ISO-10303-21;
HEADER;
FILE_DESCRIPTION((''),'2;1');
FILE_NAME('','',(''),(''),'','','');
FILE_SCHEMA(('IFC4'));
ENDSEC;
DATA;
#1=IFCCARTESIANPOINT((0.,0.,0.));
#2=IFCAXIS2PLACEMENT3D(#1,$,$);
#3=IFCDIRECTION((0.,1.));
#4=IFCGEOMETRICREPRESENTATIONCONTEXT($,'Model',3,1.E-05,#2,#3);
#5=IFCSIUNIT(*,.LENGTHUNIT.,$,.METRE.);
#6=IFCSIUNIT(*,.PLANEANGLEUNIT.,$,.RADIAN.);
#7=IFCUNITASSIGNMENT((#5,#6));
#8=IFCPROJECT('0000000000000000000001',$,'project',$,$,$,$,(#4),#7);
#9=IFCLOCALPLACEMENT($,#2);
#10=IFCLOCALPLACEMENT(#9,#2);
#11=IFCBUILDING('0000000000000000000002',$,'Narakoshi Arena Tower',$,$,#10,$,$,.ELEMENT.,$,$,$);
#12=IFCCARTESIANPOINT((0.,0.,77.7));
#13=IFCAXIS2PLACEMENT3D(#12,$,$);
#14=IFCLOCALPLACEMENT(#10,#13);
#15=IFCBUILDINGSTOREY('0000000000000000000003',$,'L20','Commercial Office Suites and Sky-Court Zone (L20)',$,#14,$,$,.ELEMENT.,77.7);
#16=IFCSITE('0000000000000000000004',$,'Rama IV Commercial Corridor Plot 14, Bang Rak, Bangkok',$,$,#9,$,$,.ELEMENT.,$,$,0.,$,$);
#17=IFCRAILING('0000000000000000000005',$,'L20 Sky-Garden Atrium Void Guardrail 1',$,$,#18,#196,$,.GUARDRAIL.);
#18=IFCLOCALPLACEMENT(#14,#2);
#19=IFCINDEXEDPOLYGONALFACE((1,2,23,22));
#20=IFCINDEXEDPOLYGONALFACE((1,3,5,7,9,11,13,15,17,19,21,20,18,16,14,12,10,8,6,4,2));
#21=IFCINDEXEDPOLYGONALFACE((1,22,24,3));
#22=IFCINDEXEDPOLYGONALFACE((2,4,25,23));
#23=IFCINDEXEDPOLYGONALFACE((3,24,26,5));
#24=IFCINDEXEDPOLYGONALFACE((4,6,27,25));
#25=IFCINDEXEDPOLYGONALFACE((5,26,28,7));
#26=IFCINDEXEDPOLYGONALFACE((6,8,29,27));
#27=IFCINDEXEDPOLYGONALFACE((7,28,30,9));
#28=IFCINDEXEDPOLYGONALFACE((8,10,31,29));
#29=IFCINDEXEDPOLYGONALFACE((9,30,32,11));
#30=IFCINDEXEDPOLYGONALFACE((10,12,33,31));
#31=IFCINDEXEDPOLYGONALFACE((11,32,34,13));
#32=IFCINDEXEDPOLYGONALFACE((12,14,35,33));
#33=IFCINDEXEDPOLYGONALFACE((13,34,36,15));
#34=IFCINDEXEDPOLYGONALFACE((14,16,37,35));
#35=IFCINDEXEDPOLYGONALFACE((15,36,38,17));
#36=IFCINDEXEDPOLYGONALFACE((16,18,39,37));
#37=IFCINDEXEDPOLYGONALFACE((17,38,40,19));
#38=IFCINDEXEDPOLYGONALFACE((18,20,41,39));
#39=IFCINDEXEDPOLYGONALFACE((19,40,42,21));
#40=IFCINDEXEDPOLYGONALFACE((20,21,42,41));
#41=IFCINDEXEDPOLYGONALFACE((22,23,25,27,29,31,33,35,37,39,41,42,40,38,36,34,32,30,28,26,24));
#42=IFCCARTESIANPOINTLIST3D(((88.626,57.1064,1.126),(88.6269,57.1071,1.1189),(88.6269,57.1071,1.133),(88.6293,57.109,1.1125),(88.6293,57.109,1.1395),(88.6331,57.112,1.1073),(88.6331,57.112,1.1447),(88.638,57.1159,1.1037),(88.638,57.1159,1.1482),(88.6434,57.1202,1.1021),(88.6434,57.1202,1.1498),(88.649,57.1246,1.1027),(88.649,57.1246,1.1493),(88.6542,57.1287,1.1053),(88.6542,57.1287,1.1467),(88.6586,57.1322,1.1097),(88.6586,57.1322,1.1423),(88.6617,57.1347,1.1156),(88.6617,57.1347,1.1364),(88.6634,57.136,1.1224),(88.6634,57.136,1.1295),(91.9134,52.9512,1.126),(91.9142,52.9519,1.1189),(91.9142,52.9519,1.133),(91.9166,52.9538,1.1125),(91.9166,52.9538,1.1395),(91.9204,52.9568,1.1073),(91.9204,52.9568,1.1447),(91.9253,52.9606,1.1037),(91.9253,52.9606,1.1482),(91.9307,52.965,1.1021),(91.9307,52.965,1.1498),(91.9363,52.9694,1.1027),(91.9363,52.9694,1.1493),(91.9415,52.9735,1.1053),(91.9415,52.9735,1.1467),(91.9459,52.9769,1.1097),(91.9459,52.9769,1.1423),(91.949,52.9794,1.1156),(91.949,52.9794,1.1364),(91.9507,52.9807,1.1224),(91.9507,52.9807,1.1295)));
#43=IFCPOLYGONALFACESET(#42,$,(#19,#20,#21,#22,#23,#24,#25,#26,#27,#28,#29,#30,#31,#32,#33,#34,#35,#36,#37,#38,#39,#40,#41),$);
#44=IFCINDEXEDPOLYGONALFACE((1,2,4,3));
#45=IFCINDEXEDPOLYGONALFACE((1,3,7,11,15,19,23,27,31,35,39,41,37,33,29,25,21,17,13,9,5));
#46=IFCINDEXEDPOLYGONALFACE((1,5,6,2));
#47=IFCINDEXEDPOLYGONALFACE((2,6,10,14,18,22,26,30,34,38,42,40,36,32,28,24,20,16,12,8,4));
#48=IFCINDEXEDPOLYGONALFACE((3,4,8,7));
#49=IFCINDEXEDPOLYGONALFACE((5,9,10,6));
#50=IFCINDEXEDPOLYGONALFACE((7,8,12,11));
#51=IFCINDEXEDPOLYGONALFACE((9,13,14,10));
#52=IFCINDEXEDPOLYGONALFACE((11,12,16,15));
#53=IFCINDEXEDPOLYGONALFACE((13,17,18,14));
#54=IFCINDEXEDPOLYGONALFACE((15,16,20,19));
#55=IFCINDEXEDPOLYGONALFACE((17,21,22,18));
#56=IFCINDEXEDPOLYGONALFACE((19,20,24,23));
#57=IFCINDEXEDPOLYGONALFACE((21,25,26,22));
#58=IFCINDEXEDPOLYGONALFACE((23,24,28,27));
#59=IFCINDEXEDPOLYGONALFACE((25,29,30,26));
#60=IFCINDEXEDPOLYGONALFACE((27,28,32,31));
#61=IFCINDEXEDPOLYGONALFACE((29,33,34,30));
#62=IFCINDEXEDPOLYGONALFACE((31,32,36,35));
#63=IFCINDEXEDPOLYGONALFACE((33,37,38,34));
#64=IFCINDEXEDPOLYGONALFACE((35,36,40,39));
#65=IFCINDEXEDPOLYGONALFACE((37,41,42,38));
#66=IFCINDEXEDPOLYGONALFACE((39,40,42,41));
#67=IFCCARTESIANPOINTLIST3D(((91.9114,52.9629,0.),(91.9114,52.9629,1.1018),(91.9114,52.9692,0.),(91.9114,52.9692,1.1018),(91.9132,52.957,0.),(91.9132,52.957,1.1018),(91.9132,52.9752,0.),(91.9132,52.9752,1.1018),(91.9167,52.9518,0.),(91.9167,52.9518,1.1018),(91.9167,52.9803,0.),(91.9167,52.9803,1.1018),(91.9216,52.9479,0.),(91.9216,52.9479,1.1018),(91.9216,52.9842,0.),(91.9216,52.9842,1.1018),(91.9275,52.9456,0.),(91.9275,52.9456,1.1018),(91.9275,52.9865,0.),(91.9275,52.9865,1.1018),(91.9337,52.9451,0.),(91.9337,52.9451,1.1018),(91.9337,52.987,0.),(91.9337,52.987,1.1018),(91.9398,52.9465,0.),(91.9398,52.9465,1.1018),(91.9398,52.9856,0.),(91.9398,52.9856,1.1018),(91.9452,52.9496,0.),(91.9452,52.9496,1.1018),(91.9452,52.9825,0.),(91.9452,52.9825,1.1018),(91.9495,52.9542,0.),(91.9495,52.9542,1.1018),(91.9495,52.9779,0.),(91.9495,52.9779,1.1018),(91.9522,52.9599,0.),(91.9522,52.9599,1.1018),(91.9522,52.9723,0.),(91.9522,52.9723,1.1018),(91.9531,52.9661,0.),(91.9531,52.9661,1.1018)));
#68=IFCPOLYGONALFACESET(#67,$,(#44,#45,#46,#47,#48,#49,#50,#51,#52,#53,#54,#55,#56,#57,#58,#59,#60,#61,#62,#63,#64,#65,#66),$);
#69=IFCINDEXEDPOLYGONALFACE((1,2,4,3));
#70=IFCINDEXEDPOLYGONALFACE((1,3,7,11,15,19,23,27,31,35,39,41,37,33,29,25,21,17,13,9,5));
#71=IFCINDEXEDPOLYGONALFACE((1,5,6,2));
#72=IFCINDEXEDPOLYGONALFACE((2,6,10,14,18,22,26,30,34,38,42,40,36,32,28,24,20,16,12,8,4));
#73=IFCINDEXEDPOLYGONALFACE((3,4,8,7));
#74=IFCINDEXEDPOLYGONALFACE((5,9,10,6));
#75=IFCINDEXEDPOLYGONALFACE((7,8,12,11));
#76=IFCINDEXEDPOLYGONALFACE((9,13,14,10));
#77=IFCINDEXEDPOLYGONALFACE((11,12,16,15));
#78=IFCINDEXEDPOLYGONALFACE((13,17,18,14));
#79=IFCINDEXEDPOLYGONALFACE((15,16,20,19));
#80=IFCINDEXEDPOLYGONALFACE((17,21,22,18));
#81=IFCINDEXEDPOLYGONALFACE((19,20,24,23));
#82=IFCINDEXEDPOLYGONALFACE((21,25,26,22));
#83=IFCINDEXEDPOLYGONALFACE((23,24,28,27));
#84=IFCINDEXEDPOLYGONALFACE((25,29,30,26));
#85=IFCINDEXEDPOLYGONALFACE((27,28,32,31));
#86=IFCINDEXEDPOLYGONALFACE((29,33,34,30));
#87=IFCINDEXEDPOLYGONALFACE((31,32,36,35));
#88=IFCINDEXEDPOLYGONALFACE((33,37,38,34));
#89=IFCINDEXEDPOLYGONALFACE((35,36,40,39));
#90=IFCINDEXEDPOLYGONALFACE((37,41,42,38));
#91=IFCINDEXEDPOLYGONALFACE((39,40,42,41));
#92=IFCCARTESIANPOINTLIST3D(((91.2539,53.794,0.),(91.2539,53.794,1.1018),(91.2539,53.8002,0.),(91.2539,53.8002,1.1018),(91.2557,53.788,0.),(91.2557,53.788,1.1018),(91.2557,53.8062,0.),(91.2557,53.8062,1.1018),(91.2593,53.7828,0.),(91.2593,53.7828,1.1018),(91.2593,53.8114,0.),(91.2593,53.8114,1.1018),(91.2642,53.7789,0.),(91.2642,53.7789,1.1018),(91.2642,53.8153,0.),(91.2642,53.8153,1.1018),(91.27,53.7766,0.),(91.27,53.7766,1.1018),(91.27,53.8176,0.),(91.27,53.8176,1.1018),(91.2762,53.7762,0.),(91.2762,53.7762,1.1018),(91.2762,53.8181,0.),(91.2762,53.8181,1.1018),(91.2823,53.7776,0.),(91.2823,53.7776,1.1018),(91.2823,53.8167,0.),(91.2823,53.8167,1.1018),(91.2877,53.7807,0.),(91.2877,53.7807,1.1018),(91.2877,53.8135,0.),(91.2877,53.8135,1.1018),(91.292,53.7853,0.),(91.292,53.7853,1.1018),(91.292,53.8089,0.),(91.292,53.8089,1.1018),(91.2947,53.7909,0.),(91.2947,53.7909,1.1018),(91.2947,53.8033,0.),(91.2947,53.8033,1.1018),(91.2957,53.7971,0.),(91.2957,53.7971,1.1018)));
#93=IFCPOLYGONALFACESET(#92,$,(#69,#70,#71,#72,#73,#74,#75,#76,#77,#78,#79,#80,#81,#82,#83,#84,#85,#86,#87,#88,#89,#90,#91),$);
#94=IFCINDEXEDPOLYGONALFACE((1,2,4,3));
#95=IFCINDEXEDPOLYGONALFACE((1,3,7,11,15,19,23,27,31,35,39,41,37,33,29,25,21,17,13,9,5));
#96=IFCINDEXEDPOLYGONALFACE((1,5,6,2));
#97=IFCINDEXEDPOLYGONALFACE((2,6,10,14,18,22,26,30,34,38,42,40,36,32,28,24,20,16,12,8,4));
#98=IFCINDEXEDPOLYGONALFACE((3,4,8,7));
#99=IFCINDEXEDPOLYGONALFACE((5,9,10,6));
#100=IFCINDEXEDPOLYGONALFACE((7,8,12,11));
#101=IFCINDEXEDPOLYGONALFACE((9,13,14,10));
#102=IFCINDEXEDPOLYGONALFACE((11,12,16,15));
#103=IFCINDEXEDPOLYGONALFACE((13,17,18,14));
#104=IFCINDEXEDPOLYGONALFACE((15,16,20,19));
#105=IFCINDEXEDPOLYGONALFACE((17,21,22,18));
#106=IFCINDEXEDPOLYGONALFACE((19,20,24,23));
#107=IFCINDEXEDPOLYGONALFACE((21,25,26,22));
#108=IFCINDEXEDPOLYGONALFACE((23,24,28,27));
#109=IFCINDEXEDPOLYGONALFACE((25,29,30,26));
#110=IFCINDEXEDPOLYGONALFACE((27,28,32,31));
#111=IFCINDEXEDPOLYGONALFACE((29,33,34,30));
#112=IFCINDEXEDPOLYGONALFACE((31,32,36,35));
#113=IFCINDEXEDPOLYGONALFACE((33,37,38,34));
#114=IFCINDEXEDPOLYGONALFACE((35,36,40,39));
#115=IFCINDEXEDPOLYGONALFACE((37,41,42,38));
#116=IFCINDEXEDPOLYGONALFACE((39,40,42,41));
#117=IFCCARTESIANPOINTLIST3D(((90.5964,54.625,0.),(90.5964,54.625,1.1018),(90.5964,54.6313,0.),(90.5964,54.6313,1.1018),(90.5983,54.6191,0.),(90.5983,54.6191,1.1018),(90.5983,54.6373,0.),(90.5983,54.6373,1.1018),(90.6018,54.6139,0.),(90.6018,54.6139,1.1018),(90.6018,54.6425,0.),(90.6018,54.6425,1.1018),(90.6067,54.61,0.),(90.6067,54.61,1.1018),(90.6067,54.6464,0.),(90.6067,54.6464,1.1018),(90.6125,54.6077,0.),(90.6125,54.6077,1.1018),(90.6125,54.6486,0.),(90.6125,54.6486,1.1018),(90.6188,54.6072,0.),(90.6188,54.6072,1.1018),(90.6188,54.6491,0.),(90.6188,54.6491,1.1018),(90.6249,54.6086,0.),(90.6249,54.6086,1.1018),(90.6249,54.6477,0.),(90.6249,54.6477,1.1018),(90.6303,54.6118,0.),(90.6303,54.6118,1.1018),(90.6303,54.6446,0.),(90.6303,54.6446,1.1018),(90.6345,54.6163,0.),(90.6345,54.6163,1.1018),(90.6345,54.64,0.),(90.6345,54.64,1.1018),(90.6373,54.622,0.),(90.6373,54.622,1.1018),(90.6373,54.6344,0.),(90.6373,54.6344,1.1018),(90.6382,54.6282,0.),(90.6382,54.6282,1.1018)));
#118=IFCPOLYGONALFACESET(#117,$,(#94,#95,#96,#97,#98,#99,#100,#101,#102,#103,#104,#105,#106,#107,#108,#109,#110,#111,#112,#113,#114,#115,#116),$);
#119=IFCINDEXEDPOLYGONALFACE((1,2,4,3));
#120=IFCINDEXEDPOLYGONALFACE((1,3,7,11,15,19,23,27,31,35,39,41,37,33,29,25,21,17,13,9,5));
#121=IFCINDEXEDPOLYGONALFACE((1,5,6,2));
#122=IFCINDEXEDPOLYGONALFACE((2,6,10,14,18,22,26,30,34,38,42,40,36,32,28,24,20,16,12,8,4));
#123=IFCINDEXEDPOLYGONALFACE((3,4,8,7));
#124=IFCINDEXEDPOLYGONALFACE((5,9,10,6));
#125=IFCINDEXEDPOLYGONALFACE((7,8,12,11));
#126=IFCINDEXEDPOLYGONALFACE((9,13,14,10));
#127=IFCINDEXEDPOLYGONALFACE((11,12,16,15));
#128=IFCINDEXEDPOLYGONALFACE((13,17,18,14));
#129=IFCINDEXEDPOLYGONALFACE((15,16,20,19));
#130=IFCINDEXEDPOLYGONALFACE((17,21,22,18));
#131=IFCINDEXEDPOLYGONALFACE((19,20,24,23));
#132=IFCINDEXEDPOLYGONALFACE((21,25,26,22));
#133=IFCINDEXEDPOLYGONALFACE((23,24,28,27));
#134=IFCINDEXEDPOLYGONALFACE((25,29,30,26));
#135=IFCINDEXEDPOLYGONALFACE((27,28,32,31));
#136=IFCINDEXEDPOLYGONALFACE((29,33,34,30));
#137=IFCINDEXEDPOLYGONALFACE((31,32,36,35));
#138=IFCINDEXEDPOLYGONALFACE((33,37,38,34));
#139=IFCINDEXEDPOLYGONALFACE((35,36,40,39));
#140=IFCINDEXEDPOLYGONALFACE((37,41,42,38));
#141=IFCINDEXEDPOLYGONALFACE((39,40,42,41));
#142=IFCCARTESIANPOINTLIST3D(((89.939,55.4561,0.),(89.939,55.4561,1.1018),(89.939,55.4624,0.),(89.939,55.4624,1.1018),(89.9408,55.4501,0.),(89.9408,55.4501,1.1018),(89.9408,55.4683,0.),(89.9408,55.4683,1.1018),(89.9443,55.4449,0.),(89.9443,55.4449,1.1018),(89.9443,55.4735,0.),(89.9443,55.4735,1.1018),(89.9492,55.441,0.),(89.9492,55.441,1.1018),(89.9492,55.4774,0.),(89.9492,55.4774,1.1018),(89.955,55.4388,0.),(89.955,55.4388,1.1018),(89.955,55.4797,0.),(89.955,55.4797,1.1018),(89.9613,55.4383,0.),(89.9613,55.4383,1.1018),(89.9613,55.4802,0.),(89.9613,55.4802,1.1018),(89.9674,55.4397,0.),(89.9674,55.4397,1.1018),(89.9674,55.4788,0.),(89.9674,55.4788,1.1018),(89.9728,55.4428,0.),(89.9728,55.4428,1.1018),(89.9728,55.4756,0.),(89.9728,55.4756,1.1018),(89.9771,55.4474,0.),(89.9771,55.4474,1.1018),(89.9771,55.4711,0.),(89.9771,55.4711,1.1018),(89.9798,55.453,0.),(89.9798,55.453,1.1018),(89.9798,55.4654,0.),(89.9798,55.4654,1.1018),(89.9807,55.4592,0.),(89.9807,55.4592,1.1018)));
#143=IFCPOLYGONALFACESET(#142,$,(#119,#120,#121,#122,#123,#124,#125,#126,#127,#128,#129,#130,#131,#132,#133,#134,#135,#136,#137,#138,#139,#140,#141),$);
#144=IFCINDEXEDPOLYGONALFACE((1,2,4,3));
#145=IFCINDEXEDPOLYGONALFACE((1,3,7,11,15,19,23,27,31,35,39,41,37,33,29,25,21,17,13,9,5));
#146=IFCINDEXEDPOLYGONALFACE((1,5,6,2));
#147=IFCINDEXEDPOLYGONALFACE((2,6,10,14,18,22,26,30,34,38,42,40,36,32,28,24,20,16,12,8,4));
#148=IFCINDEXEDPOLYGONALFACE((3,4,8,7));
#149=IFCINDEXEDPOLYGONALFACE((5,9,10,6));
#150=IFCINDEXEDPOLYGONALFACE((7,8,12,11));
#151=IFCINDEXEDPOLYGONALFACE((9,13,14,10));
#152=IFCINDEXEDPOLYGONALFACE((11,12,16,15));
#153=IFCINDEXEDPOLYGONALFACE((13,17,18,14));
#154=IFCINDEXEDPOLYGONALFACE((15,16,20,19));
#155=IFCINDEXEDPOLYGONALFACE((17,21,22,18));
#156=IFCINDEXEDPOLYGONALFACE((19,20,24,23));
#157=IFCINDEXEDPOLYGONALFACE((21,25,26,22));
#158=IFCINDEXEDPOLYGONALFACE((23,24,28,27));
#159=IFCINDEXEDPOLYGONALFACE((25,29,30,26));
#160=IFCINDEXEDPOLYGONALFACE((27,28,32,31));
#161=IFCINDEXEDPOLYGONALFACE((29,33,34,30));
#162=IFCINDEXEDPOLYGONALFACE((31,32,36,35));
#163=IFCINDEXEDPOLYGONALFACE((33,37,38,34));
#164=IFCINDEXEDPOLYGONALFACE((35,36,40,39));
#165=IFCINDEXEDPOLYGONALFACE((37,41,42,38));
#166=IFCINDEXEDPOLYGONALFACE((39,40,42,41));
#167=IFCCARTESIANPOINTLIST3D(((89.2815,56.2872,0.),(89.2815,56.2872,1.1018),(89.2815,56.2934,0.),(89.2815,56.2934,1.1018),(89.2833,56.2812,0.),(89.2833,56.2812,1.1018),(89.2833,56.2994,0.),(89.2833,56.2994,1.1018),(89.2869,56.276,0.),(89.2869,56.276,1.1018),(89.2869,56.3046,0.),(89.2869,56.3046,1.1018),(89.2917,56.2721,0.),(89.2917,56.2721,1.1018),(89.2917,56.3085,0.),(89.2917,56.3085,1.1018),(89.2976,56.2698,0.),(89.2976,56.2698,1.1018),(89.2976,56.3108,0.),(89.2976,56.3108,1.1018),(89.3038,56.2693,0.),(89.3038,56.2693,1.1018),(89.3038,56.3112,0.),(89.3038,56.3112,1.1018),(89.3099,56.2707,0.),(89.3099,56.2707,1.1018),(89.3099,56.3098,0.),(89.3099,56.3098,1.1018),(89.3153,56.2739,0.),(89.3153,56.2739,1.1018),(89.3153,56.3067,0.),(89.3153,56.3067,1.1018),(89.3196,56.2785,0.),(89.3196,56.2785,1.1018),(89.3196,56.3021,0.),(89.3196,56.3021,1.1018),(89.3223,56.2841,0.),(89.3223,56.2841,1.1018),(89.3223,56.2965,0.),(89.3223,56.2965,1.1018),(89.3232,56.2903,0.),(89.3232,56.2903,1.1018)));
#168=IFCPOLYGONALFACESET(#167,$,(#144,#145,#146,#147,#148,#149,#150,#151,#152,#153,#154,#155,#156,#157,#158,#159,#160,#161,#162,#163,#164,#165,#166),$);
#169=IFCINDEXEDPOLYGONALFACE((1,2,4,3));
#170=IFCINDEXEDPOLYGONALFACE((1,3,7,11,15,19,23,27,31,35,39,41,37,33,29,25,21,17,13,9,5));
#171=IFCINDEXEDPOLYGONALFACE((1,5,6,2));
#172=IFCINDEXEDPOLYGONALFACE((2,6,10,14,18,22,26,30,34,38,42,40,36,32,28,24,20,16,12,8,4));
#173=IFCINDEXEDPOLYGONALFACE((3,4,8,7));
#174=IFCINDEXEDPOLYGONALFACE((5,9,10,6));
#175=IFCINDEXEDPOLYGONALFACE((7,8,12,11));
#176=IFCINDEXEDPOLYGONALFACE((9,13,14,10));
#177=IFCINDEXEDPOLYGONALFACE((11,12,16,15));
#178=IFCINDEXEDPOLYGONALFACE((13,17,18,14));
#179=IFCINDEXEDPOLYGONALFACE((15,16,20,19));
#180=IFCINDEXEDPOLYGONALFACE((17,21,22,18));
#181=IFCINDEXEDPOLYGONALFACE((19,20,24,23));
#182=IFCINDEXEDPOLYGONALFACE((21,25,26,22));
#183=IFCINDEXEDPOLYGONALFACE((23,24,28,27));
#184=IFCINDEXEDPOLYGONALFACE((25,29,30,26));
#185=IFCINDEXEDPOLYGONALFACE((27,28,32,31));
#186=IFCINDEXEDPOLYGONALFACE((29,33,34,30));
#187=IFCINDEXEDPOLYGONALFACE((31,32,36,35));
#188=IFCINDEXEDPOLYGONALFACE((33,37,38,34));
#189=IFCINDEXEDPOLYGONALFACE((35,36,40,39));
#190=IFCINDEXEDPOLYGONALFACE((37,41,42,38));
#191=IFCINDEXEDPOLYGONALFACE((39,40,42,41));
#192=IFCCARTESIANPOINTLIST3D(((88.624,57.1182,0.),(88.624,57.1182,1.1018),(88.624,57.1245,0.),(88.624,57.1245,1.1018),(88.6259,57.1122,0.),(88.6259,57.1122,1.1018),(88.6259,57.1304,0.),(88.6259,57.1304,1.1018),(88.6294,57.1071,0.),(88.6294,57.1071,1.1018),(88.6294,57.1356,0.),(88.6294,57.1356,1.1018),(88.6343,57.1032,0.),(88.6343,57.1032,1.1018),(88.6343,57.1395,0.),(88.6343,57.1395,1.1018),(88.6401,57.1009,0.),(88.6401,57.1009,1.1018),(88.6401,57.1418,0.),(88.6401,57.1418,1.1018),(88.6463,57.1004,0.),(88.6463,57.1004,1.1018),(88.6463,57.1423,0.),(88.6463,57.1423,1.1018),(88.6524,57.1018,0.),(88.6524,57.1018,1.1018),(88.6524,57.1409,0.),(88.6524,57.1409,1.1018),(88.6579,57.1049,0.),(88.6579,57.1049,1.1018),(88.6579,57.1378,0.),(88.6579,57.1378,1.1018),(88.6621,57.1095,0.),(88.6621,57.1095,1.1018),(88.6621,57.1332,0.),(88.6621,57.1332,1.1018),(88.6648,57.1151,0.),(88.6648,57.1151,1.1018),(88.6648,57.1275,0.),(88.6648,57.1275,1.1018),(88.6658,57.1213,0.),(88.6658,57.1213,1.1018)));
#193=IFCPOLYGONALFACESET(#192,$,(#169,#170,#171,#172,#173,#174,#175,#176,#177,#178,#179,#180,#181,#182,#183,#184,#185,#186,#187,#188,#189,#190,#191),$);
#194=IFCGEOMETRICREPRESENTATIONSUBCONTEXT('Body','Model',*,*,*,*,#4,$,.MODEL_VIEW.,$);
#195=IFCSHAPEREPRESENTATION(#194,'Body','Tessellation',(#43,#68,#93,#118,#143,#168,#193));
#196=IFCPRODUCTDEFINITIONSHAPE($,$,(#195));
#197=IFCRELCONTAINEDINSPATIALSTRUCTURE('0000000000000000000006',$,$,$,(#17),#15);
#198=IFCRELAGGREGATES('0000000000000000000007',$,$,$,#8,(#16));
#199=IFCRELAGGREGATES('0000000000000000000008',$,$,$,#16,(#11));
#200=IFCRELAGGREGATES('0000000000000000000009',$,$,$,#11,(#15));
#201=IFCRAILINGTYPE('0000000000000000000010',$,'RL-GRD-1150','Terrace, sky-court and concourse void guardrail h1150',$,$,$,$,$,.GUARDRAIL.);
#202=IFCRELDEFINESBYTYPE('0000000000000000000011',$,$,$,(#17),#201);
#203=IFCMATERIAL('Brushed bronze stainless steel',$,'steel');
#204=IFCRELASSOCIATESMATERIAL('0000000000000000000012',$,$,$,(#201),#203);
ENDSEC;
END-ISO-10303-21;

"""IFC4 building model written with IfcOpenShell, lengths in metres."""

from ifc_helpers import new_model, si_unit, direction, frame, origin, origin_2d, place, context, subcontext, project, spatial, circle, extrude, material, type_object, element, save


model = new_model("IFC4")

# Units and contexts
model_context = context("Model", 3, precision=1e-05, world=origin(), true_north=direction((0.0, 1.0)))
body_context = subcontext(model_context, "Body", "Model", "MODEL_VIEW")
ifc_project = project(units=[si_unit("LENGTHUNIT", "METRE"), si_unit("PLANEANGLEUNIT", "RADIAN")], contexts=[model_context])

# Site, building, storey
site_placement = place(None, origin())
site = spatial("IfcSite", under=ifc_project, at=site_placement, Name="Rama IV Commercial Corridor Plot 14, Bang Rak, Bangkok", CompositionType="ELEMENT", RefElevation=0.0)
building_placement = place(site_placement, origin())
building = spatial("IfcBuilding", under=site, at=building_placement, Name="Narakoshi Arena Tower", CompositionType="ELEMENT")
storey_placement = place(building_placement, frame((0.0, 0.0, 77.7)))
storey = spatial("IfcBuildingStorey", under=building, at=storey_placement, Name="L20", Description="Commercial Office Suites and Sky-Court Zone (L20)", CompositionType="ELEMENT", Elevation=77.7)

# Railing
ifc_material_1 = material(Name="Brushed bronze stainless steel", Category="steel")
railing_type = type_object("IfcRailingType", Name="RL-GRD-1150", Description="Terrace, sky-court and concourse void guardrail h1150", PredefinedType="GUARDRAIL", material=ifc_material_1)
railing_placement = place(storey_placement, frame((91.9321, 52.9661, 0.0)))
element("IfcRailing", 1, at=railing_placement, inside=storey, type_object=railing_type, Name="L20 Sky-Garden Atrium Void Guardrail 1", PredefinedType="GUARDRAIL", context=body_context, shape_type="SweptSolid", body=[
    extrude(circle(Radius=0.0239, at=origin_2d()), frame((0.0, 0.0, 1.126), z_axis=(-0.620443, 0.784251, 0.0), x_axis=(-0.784251, -0.620443, 0.0)), (0.0, 0.0, 1.0), 5.2983),
    extrude(circle(Radius=0.021, at=origin_2d()), origin(), (0.0, 0.0, 1.0), 1.1018),
    extrude(circle(Radius=0.021, at=origin_2d()), frame((-0.6575, 0.8311, 0.0)), (0.0, 0.0, 1.0), 1.1018),
    extrude(circle(Radius=0.021, at=origin_2d()), frame((-1.3149, 1.6621, 0.0)), (0.0, 0.0, 1.0), 1.1018),
    extrude(circle(Radius=0.021, at=origin_2d()), frame((-1.9724, 2.4932, 0.0)), (0.0, 0.0, 1.0), 1.1018),
    extrude(circle(Radius=0.021, at=origin_2d()), frame((-2.6299, 3.3242, 0.0)), (0.0, 0.0, 1.0), 1.1018),
    extrude(circle(Radius=0.021, at=origin_2d()), frame((-3.2874, 4.1553, 0.0)), (0.0, 0.0, 1.0), 1.1018),
])

save(model, "model.ifc")
